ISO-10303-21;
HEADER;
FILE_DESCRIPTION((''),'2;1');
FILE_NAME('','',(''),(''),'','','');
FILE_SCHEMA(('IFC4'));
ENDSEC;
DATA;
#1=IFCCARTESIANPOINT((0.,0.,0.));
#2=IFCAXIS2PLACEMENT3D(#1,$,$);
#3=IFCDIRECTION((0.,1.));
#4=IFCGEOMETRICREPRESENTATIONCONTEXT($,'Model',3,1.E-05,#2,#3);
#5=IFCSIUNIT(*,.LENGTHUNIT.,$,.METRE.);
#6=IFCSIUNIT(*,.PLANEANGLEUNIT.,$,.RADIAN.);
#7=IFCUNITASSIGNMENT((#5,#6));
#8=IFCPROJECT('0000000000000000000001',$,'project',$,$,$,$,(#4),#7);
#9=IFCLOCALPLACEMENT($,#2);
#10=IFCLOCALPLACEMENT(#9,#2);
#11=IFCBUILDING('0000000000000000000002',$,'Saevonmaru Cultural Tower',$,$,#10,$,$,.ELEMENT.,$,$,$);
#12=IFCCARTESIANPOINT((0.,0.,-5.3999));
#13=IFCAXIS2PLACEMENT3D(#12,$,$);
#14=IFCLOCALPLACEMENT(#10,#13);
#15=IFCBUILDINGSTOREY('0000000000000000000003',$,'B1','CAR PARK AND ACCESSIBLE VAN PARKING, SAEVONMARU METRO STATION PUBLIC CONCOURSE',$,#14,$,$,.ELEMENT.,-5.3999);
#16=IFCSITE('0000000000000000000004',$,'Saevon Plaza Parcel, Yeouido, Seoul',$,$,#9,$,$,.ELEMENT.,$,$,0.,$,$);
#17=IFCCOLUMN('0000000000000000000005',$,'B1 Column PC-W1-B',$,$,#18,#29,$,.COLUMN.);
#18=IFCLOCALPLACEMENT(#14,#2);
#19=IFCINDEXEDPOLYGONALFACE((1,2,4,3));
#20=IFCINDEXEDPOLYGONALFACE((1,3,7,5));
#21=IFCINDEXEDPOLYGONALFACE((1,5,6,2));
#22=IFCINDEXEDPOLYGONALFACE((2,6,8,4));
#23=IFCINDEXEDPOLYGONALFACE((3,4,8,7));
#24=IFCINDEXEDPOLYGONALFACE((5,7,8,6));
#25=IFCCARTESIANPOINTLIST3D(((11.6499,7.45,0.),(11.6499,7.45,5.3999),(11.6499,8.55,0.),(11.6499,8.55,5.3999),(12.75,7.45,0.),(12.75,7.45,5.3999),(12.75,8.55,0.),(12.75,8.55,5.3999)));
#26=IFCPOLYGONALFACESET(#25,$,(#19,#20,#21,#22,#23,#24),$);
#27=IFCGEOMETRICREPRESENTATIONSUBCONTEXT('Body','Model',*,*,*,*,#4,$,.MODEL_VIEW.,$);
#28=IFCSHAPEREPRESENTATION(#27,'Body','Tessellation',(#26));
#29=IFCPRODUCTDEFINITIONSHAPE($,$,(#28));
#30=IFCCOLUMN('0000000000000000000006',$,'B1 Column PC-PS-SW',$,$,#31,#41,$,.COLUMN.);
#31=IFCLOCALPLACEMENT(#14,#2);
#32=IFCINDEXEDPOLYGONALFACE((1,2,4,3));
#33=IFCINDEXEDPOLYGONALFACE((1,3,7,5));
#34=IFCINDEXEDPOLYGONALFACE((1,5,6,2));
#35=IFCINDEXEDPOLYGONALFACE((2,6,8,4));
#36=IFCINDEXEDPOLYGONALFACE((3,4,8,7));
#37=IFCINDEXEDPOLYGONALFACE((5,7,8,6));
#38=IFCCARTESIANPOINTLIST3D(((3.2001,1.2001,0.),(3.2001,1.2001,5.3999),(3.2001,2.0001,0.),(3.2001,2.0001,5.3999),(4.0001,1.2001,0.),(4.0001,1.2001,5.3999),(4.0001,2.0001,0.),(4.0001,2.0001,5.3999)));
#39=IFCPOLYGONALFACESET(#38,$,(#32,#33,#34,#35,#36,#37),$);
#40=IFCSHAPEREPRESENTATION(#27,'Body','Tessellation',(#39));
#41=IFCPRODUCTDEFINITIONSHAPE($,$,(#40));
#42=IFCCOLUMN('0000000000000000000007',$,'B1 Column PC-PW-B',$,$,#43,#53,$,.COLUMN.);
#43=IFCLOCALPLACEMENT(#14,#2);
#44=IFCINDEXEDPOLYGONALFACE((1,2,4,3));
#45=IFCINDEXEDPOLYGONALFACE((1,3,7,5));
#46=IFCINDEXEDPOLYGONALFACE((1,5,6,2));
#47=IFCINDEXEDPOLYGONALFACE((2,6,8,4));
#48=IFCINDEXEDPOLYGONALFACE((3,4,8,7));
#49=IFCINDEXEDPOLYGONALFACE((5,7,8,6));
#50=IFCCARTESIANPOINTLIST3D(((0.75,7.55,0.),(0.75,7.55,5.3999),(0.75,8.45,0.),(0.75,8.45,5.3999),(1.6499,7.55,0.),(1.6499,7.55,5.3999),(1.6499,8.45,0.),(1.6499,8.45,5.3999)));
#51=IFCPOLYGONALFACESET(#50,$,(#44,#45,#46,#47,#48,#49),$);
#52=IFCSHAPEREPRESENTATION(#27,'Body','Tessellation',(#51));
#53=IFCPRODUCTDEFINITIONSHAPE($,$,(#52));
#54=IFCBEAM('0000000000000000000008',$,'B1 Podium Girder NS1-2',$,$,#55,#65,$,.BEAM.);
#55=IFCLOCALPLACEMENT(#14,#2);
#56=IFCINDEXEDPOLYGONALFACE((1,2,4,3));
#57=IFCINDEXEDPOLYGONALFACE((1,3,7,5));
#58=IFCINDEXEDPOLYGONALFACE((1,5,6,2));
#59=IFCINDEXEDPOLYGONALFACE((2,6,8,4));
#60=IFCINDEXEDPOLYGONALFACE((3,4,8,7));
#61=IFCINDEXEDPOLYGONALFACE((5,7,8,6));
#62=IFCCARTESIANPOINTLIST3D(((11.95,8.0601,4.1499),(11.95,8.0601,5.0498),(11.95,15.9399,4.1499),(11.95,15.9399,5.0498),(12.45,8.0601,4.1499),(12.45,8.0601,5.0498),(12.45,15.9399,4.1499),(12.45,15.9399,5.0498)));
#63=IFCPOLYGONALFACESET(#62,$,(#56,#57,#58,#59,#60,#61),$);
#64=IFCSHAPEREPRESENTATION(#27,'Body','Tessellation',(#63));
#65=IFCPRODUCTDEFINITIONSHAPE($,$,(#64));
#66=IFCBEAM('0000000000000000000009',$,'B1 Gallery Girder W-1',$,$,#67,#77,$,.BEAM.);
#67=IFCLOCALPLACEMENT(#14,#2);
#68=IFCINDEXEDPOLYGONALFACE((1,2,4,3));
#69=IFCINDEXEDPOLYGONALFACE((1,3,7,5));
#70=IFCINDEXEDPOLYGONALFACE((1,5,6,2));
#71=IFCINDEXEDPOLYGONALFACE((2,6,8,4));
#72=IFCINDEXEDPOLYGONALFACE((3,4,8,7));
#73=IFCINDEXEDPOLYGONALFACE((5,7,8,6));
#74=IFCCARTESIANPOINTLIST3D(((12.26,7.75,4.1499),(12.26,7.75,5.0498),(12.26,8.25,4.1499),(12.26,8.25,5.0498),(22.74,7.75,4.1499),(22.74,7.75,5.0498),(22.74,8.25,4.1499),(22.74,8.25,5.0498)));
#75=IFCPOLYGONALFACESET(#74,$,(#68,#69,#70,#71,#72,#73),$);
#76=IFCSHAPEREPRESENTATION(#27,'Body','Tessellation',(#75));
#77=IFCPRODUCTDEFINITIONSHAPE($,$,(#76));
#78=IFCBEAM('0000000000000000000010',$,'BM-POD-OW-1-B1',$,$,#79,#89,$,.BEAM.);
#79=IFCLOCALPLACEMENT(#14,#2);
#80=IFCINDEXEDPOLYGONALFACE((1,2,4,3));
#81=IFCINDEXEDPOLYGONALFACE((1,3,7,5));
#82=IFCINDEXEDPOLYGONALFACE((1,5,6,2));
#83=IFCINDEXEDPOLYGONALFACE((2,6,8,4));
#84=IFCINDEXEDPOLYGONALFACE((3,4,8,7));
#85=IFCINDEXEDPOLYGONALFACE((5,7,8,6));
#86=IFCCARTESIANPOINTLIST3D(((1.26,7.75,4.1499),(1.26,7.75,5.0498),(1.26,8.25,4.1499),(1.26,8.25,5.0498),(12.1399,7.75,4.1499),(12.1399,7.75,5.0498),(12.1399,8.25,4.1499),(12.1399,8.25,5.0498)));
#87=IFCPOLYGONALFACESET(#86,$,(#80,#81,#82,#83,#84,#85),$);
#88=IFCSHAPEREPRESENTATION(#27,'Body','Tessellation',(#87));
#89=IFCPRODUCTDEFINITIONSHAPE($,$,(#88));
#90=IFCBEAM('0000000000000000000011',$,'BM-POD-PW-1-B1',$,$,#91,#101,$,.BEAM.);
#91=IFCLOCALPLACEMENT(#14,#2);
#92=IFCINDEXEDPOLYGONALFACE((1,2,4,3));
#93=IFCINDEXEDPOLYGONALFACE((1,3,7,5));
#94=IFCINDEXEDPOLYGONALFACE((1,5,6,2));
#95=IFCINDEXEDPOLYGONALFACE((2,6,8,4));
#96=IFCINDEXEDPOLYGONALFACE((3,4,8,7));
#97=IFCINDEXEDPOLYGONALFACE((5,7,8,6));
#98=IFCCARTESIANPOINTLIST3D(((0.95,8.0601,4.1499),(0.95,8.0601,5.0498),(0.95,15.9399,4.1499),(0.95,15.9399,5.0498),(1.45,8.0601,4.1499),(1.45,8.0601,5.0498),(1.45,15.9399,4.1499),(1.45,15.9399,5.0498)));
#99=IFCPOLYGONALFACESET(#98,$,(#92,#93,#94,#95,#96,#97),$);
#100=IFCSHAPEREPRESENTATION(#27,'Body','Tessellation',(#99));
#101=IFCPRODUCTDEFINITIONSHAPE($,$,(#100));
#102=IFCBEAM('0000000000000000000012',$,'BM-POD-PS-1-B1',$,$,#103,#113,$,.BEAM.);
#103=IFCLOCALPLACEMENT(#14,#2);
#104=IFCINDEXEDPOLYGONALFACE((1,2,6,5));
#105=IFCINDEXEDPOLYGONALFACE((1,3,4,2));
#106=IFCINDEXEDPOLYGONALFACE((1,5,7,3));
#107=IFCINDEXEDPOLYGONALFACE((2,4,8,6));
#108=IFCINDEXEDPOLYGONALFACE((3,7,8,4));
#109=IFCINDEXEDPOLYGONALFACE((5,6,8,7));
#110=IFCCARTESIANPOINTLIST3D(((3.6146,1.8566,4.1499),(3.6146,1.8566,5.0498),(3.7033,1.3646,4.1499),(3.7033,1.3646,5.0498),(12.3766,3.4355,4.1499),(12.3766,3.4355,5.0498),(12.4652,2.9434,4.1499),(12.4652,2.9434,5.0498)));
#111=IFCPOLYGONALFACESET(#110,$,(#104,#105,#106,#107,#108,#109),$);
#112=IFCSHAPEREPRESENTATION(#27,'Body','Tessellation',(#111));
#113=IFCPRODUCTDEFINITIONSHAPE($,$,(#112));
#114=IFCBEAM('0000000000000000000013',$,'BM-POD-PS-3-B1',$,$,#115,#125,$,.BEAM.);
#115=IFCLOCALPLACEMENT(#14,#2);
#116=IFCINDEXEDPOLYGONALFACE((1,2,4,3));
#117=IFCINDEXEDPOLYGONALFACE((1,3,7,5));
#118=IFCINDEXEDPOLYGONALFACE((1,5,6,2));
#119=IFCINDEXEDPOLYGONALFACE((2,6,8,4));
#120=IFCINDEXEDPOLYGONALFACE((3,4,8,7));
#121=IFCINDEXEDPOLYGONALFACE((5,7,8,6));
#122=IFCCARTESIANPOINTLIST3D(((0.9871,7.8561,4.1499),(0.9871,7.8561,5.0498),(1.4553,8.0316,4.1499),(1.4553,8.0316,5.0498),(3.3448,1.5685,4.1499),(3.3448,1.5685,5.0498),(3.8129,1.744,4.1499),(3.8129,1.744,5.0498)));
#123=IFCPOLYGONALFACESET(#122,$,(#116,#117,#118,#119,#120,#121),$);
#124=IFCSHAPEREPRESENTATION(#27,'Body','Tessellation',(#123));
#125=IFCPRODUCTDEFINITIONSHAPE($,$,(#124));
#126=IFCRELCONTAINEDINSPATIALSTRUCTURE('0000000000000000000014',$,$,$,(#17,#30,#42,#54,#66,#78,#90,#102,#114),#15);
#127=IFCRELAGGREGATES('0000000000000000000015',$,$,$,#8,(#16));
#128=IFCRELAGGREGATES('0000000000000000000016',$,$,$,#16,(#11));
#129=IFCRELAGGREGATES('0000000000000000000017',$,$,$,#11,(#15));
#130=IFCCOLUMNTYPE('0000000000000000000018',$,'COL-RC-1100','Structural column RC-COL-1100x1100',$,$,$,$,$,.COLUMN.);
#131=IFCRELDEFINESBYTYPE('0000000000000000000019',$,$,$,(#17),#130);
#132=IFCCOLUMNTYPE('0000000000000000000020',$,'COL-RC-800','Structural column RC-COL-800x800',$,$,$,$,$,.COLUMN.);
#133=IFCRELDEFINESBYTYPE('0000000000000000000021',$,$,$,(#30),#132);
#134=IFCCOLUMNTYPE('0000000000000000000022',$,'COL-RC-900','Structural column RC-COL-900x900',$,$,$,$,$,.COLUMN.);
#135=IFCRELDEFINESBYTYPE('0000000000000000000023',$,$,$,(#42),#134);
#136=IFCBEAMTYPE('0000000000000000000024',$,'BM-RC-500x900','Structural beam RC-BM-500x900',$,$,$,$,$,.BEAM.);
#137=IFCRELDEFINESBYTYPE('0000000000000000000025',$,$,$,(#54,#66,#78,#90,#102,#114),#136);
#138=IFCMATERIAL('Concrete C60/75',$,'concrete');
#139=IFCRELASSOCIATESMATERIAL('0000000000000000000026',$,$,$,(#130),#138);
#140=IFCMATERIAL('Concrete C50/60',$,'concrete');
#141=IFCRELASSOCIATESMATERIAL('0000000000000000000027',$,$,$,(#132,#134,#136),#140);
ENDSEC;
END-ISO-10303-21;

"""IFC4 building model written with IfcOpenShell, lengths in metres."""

from ifc_helpers import new_model, si_unit, direction, frame, origin, origin_2d, place, context, subcontext, project, spatial, rectangle, extrude, material, material_profile, profile_set, type_object, element, save


model = new_model("IFC4")

# Units and contexts
model_context = context("Model", 3, precision=1e-05, world=origin(), true_north=direction((0.0, 1.0)))
body_context = subcontext(model_context, "Body", "Model", "MODEL_VIEW")
ifc_project = project(units=[si_unit("LENGTHUNIT", "METRE"), si_unit("PLANEANGLEUNIT", "RADIAN")], contexts=[model_context])

# Site, building, storey
site_placement = place(None, origin())
site = spatial("IfcSite", under=ifc_project, at=site_placement, Name="Saevon Plaza Parcel, Yeouido, Seoul", CompositionType="ELEMENT", RefElevation=0.0)
building_placement = place(site_placement, origin())
building = spatial("IfcBuilding", under=site, at=building_placement, Name="Saevonmaru Cultural Tower", CompositionType="ELEMENT")
storey_placement = place(building_placement, frame((0.0, 0.0, -5.3999)))
storey = spatial("IfcBuildingStorey", under=building, at=storey_placement, Name="B1", Description="CAR PARK AND ACCESSIBLE VAN PARKING, SAEVONMARU METRO STATION PUBLIC CONCOURSE", CompositionType="ELEMENT", Elevation=-5.3999)

# Columns
ifc_material_1 = material(Name="Concrete C60/75", Category="concrete")
ifc_material_profile_1 = material_profile(ifc_material_1, rectangle(XDim=1.1001, YDim=1.1001, at=origin_2d()), Name="RC-COL-1100x1100")
ifc_profile_set_1 = profile_set([ifc_material_profile_1], Name="Concrete C60/75")
column_type_1 = type_object("IfcColumnType", Name="COL-RC-1100", Description="Structural column RC-COL-1100x1100", PredefinedType="COLUMN", material=ifc_profile_set_1)
column_1_placement = place(storey_placement, frame((12.2, 8.0, 0.0), z_axis=(0.0, 0.0, 1.0), x_axis=(1.0, 0.0, 0.0)))
element("IfcColumn", 1, at=column_1_placement, inside=storey, type_object=column_type_1, Name="B1 Column PC-W1-B", PredefinedType="COLUMN", context=body_context, shape_type="SweptSolid", body=[
    extrude(rectangle(XDim=1.1001, YDim=1.1001, at=origin_2d()), origin(), (0.0, 0.0, 1.0), 5.3999),
])
ifc_material_2 = material(Name="Concrete C50/60", Category="concrete")
ifc_material_profile_2 = material_profile(ifc_material_2, rectangle(XDim=0.8, YDim=0.8, at=origin_2d()), Name="RC-COL-800x800")
ifc_profile_set_2 = profile_set([ifc_material_profile_2], Name="Concrete C50/60")
column_type_2 = type_object("IfcColumnType", Name="COL-RC-800", Description="Structural column RC-COL-800x800", PredefinedType="COLUMN", material=ifc_profile_set_2)
column_2_placement = place(storey_placement, frame((3.6001, 1.6001, 0.0), z_axis=(0.0, 0.0, 1.0), x_axis=(1.0, 0.0, 0.0)))
element("IfcColumn", 2, at=column_2_placement, inside=storey, type_object=column_type_2, Name="B1 Column PC-PS-SW", PredefinedType="COLUMN", context=body_context, shape_type="SweptSolid", body=[
    extrude(rectangle(XDim=0.8, YDim=0.8, at=origin_2d()), origin(), (0.0, 0.0, 1.0), 5.3999),
])
ifc_material_profile_3 = material_profile(ifc_material_2, rectangle(XDim=0.8999, YDim=0.8999, at=origin_2d()), Name="RC-COL-900x900")
ifc_profile_set_3 = profile_set([ifc_material_profile_3], Name="Concrete C50/60")
column_type_3 = type_object("IfcColumnType", Name="COL-RC-900", Description="Structural column RC-COL-900x900", PredefinedType="COLUMN", material=ifc_profile_set_3)
column_3_placement = place(storey_placement, frame((1.2, 8.0, 0.0), z_axis=(0.0, 0.0, 1.0), x_axis=(1.0, 0.0, 0.0)))
element("IfcColumn", 3, at=column_3_placement, inside=storey, type_object=column_type_3, Name="B1 Column PC-PW-B", PredefinedType="COLUMN", context=body_context, shape_type="SweptSolid", body=[
    extrude(rectangle(XDim=0.8999, YDim=0.8999, at=origin_2d()), origin(), (0.0, 0.0, 1.0), 5.3999),
])

# Beams
ifc_material_profile_4 = material_profile(ifc_material_2, rectangle(XDim=0.5, YDim=0.8999, at=origin_2d()), Name="RC-BM-500x900")
ifc_profile_set_4 = profile_set([ifc_material_profile_4], Name="Concrete C50/60")
beam_type = type_object("IfcBeamType", Name="BM-RC-500x900", Description="Structural beam RC-BM-500x900", PredefinedType="BEAM", material=ifc_profile_set_4)
beam_1_placement = place(storey_placement, frame((12.2, 8.0601, 4.5999), z_axis=(0.0, 1.0, 0.0), x_axis=(-1.0, 0.0, 0.0)))
element("IfcBeam", 4, at=beam_1_placement, inside=storey, type_object=beam_type, Name="B1 Podium Girder NS1-2", PredefinedType="BEAM", context=body_context, shape_type="SweptSolid", body=[
    extrude(rectangle(XDim=0.5, YDim=0.8999, at=origin_2d()), origin(), (0.0, 0.0, 1.0), 7.8799),
])
beam_2_placement = place(storey_placement, frame((12.26, 8.0, 4.5999), z_axis=(1.0, 0.0, 0.0), x_axis=(0.0, 1.0, 0.0)))
element("IfcBeam", 5, at=beam_2_placement, inside=storey, type_object=beam_type, Name="B1 Gallery Girder W-1", PredefinedType="BEAM", context=body_context, shape_type="SweptSolid", body=[
    extrude(rectangle(XDim=0.5, YDim=0.8999, at=origin_2d()), origin(), (0.0, 0.0, 1.0), 10.48),
])
beam_3_placement = place(storey_placement, frame((1.26, 8.0, 4.5999), z_axis=(1.0, 0.0, 0.0), x_axis=(0.0, 1.0, 0.0)))
element("IfcBeam", 6, at=beam_3_placement, inside=storey, type_object=beam_type, Name="BM-POD-OW-1-B1", PredefinedType="BEAM", context=body_context, shape_type="SweptSolid", body=[
    extrude(rectangle(XDim=0.5, YDim=0.8999, at=origin_2d()), origin(), (0.0, 0.0, 1.0), 10.8799),
])
beam_4_placement = place(storey_placement, frame((1.2, 8.0601, 4.5999), z_axis=(0.0, 1.0, 0.0), x_axis=(-1.0, 0.0, 0.0)))
element("IfcBeam", 7, at=beam_4_placement, inside=storey, type_object=beam_type, Name="BM-POD-PW-1-B1", PredefinedType="BEAM", context=body_context, shape_type="SweptSolid", body=[
    extrude(rectangle(XDim=0.5, YDim=0.8999, at=origin_2d()), origin(), (0.0, 0.0, 1.0), 7.8799),
])
beam_5_placement = place(storey_placement, frame((3.6589, 1.6106, 4.5999), z_axis=(0.98415, 0.177338, 0.0), x_axis=(-0.177338, 0.98415, 0.0)))
element("IfcBeam", 8, at=beam_5_placement, inside=storey, type_object=beam_type, Name="BM-POD-PS-1-B1", PredefinedType="BEAM", context=body_context, shape_type="SweptSolid", body=[
    extrude(rectangle(XDim=0.5, YDim=0.8999, at=origin_2d()), origin(), (0.0, 0.0, 1.0), 8.9031),
])
beam_6_placement = place(storey_placement, frame((3.5789, 1.6562, 4.5999), z_axis=(-0.3511, 0.936338, 0.0), x_axis=(-0.936338, -0.3511, 0.0)))
element("IfcBeam", 9, at=beam_6_placement, inside=storey, type_object=beam_type, Name="BM-POD-PS-3-B1", PredefinedType="BEAM", context=body_context, shape_type="SweptSolid", body=[
    extrude(rectangle(XDim=0.5, YDim=0.8999, at=origin_2d()), origin(), (0.0, 0.0, 1.0), 6.7151),
])

save(model, "model.ifc")
